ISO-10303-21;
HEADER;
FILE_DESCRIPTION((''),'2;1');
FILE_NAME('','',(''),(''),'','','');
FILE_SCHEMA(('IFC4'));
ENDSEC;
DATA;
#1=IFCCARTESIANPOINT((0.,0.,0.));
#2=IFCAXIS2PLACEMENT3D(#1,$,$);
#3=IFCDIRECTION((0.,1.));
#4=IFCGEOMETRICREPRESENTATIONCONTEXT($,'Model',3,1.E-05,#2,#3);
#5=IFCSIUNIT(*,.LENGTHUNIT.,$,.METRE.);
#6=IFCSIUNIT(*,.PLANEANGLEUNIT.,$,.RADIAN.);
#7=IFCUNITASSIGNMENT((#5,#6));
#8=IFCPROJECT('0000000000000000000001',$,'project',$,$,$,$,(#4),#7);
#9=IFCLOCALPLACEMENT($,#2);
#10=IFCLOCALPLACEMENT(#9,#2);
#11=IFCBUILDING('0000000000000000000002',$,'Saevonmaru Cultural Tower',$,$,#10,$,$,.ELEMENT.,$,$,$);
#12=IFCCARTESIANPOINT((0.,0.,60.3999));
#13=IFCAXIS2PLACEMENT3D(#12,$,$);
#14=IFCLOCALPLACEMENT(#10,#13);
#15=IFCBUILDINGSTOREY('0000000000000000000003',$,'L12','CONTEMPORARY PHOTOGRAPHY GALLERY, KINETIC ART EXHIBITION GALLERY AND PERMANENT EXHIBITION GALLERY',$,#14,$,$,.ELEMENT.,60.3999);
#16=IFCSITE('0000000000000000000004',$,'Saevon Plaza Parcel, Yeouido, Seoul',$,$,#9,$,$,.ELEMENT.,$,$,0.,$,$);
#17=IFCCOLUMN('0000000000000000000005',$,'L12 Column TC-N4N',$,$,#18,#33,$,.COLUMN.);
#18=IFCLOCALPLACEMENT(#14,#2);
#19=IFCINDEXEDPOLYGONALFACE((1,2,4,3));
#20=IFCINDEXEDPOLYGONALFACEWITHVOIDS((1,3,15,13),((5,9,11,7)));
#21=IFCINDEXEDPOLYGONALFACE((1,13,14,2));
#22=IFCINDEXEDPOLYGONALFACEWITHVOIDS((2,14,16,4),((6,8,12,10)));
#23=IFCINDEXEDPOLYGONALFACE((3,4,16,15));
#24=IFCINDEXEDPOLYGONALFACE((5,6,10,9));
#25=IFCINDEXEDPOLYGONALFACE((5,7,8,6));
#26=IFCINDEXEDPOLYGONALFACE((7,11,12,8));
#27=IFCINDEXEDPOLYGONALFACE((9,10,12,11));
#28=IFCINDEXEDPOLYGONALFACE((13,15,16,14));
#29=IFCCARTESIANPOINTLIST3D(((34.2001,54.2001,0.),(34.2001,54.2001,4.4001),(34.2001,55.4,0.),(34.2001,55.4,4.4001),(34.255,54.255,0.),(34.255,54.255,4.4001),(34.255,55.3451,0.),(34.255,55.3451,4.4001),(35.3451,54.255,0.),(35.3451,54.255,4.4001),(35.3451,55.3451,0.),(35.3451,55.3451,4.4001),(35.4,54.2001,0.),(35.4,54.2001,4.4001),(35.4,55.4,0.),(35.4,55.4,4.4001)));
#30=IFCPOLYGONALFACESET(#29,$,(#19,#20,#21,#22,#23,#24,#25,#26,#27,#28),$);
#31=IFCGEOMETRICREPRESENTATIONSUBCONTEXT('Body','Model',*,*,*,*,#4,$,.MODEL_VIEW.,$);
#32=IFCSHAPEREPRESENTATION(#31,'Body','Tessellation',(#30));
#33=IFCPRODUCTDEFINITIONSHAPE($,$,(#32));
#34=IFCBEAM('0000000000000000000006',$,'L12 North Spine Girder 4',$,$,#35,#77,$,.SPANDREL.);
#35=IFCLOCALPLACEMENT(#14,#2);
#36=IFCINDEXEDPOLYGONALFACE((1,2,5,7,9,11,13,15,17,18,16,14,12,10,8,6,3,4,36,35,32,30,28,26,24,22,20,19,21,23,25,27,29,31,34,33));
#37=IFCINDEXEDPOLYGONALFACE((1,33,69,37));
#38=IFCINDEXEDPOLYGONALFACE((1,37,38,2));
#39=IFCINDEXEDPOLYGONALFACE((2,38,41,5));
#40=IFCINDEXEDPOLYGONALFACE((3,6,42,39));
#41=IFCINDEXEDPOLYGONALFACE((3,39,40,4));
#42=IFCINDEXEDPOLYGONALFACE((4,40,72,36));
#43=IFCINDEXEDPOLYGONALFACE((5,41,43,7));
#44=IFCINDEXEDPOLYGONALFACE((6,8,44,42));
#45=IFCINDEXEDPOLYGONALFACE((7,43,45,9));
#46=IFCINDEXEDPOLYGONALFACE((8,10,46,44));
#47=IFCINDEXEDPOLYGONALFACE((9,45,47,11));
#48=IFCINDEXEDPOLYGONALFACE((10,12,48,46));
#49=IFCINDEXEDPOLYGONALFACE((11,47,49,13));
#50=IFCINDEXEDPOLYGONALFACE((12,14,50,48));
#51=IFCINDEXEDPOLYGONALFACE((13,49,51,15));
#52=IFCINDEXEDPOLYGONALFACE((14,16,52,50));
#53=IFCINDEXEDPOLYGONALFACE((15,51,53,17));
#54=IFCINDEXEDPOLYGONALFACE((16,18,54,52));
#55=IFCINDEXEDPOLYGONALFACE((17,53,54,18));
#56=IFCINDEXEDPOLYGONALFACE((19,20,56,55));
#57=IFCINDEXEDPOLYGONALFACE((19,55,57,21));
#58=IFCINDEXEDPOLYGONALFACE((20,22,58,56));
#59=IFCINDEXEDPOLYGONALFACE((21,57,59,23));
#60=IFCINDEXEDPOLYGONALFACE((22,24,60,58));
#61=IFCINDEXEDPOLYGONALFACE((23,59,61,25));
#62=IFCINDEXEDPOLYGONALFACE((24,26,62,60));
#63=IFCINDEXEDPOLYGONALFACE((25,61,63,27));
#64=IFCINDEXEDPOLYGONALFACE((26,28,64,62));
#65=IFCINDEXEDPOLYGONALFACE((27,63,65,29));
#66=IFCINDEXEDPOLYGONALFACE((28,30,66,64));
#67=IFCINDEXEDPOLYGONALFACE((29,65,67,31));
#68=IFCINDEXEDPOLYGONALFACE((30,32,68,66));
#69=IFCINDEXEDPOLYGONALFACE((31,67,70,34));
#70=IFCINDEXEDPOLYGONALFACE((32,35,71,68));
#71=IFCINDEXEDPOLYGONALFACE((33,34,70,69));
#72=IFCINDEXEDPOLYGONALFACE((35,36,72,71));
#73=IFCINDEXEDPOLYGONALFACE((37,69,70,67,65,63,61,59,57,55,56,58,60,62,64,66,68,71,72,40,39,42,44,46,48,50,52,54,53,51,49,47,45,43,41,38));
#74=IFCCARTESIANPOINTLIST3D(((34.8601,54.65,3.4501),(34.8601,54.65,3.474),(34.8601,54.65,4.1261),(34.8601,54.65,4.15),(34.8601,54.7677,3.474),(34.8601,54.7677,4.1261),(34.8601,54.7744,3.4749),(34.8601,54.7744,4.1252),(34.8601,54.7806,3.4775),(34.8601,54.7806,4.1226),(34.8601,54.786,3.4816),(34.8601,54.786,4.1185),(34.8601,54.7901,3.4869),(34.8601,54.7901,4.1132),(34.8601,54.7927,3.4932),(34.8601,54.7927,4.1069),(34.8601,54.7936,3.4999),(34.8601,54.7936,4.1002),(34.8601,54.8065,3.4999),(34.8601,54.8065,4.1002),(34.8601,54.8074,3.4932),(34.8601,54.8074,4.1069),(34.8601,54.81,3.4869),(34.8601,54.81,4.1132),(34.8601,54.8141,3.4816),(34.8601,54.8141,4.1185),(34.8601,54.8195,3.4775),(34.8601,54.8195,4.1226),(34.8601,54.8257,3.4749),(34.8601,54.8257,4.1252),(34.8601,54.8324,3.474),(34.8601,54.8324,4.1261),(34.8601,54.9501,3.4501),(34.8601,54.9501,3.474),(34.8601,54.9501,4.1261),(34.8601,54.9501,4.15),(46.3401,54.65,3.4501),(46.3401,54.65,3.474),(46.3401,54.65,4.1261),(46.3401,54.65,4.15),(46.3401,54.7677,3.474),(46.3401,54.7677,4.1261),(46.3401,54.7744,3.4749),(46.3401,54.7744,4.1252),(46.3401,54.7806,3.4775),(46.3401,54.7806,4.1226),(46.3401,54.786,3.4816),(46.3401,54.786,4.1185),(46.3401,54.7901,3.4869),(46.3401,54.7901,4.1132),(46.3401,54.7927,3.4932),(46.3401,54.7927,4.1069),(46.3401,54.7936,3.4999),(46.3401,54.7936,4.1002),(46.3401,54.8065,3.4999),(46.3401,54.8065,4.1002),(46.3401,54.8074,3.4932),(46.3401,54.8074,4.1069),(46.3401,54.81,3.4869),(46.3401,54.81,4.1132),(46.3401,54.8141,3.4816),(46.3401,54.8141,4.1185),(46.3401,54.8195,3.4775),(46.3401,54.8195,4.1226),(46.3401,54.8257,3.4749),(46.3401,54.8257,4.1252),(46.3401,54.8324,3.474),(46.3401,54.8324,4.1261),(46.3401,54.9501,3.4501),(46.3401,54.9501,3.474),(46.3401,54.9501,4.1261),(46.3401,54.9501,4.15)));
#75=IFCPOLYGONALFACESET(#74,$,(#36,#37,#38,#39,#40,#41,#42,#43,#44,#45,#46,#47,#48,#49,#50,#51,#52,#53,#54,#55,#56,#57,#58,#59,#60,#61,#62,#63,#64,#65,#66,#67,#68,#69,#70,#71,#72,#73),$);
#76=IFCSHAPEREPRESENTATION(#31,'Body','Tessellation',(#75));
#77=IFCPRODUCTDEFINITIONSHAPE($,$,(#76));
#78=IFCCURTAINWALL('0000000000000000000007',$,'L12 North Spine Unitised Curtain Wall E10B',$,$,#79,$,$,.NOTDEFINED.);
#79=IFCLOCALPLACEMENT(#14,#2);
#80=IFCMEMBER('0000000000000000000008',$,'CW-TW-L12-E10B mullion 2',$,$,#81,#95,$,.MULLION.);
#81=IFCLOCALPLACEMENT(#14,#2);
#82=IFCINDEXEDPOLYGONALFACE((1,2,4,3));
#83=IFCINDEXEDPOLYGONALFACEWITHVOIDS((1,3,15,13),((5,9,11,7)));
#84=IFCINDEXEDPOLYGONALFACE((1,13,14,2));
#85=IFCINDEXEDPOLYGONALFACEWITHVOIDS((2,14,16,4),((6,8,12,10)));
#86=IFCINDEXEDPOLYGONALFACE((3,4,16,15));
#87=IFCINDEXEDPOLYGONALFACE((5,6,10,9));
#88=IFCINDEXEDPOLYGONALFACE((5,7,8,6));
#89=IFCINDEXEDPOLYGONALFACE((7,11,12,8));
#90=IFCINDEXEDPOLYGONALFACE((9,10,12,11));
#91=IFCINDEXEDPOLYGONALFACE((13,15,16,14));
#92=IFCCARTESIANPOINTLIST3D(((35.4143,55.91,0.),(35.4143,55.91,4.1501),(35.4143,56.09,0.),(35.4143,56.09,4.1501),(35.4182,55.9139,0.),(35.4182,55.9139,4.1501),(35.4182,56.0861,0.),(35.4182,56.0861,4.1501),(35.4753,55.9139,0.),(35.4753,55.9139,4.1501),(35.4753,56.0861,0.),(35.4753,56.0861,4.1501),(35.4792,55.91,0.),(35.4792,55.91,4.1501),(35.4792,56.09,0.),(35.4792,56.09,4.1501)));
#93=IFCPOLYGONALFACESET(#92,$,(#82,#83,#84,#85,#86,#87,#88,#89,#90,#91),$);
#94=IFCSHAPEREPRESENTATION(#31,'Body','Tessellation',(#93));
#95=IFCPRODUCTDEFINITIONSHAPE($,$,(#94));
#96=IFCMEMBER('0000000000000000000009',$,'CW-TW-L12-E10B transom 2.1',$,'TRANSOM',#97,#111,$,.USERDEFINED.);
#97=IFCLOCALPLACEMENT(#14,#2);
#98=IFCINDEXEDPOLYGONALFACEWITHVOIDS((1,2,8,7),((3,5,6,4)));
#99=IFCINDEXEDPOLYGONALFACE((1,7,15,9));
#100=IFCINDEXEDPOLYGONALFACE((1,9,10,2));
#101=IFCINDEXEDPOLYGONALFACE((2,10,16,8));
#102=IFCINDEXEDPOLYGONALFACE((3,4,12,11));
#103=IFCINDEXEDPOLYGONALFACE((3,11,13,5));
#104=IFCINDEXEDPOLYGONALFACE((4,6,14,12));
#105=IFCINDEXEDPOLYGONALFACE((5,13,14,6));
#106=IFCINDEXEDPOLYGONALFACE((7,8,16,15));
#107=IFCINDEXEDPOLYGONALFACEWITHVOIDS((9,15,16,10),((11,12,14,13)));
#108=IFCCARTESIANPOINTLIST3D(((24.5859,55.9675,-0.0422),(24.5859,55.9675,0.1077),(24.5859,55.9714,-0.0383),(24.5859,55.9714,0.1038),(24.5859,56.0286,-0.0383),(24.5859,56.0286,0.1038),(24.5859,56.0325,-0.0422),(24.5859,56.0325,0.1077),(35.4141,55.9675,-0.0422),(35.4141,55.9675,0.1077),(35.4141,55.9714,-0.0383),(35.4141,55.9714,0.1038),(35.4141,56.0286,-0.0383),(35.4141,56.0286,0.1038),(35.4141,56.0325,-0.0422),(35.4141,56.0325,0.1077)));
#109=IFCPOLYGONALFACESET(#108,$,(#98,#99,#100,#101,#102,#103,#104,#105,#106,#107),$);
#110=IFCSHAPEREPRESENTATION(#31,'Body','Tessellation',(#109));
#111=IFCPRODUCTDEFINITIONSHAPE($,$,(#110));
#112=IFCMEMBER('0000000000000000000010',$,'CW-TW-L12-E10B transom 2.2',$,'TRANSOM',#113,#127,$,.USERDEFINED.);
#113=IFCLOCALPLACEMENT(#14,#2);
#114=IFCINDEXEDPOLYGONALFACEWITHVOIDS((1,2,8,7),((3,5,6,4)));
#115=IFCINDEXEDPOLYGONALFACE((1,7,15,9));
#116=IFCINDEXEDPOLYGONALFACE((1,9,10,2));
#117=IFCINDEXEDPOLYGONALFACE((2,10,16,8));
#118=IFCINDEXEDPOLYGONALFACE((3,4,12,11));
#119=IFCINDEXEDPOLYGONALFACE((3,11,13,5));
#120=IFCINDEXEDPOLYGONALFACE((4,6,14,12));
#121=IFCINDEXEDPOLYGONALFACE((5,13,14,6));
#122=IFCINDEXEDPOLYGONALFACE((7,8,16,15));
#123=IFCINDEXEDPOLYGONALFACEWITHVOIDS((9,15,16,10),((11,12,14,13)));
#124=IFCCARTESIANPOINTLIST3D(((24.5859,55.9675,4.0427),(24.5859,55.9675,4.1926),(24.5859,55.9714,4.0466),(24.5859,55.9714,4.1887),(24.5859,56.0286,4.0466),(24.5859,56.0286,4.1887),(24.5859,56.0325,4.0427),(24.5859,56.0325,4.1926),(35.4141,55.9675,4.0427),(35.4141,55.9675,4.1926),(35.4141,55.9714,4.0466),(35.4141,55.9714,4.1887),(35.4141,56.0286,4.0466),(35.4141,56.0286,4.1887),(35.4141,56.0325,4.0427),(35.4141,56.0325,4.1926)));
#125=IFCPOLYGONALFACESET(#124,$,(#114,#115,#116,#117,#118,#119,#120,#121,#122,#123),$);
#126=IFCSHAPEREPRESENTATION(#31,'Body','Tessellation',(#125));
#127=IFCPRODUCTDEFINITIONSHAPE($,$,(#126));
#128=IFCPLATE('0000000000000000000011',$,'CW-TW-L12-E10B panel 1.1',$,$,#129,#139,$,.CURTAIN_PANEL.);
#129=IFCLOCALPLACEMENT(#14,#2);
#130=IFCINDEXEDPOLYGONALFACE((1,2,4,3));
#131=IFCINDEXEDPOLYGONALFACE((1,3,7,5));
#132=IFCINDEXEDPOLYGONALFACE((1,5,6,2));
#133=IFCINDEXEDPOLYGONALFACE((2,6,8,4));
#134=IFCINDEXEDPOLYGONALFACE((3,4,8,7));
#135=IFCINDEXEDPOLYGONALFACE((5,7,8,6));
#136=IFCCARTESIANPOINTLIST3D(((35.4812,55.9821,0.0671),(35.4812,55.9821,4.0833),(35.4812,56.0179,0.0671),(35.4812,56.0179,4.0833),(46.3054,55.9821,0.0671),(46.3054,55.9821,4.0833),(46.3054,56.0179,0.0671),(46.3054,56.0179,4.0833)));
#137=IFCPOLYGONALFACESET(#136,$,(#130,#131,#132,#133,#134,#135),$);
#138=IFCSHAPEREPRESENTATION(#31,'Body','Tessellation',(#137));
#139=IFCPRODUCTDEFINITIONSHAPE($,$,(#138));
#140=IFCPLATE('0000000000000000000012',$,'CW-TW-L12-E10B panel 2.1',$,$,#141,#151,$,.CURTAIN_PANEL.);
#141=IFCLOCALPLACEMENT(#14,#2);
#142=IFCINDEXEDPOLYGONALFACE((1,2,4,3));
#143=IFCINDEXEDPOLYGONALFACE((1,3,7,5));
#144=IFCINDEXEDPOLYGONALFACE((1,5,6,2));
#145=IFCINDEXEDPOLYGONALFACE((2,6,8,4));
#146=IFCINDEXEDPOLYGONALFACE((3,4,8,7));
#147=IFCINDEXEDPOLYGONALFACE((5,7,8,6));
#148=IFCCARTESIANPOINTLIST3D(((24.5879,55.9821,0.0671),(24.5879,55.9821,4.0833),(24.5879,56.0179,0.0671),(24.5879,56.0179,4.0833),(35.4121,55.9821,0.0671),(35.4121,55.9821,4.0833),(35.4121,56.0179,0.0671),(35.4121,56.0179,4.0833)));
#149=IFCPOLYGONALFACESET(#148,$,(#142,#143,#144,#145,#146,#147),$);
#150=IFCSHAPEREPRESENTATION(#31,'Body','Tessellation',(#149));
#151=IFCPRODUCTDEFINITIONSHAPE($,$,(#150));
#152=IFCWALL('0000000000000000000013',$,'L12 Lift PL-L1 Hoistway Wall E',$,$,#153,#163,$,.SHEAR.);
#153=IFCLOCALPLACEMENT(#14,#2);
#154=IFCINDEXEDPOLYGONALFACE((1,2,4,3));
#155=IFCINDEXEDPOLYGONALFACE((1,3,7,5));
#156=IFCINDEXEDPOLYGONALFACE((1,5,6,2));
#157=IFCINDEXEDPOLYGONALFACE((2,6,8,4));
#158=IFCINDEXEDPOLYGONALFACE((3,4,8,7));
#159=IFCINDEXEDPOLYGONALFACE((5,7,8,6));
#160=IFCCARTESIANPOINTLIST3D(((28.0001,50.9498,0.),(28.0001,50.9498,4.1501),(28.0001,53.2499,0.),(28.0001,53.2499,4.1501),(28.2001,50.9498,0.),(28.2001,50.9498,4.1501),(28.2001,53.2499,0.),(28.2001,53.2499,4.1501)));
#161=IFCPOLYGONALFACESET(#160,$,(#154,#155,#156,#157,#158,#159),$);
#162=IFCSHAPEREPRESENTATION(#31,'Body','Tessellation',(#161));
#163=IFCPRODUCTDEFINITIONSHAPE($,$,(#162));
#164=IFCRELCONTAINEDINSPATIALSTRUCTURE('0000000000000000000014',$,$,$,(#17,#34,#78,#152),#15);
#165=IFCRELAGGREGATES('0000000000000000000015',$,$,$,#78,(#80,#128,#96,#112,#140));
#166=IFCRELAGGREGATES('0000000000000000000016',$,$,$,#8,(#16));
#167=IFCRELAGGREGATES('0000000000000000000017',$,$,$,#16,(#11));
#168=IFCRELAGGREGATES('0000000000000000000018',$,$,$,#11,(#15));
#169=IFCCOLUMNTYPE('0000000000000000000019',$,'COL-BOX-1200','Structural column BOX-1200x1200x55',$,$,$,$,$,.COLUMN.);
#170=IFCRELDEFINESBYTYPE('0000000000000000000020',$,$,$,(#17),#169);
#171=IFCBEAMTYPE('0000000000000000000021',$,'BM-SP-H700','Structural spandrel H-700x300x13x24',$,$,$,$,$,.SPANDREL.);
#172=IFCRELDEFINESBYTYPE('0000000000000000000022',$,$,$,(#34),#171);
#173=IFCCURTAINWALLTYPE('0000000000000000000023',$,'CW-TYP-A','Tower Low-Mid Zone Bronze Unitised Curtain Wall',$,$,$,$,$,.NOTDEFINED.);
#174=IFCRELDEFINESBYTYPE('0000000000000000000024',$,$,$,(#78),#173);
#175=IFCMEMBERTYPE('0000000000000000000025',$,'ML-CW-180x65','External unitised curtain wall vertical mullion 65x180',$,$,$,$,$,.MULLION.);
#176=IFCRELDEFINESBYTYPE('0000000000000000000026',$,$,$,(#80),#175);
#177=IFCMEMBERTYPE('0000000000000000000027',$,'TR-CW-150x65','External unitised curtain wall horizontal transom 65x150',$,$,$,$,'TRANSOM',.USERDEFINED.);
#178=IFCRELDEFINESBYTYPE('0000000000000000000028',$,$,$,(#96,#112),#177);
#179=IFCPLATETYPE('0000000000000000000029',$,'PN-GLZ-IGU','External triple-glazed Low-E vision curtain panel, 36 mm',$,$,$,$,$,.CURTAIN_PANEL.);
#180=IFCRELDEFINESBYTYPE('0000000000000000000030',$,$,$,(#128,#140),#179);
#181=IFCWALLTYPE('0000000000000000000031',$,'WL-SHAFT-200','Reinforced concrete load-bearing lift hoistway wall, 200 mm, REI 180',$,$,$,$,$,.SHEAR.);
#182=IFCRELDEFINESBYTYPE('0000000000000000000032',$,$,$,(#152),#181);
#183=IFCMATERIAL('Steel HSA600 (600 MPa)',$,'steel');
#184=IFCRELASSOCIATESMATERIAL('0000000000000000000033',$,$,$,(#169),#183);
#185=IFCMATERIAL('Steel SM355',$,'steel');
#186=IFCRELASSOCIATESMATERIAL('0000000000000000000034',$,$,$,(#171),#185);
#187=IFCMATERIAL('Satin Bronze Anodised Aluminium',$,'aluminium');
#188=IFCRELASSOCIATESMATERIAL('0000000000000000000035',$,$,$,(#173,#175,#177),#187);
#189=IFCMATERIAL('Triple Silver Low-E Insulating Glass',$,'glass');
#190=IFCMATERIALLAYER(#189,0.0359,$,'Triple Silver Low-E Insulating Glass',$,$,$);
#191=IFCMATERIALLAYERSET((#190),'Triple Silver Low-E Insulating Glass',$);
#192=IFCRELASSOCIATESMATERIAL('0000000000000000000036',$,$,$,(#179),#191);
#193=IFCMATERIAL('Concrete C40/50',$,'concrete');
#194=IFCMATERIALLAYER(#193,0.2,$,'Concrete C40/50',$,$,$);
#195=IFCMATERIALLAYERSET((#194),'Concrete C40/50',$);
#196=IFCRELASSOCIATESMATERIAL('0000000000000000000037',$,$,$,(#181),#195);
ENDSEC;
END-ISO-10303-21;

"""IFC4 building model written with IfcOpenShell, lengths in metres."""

from ifc_helpers import new_model, si_unit, direction, frame, frame_2d, origin, origin_2d, place, context, subcontext, project, spatial, rectangle, hollow_rectangle, i_section, extrude, material, layer, layer_set, material_profile, profile_set, type_object, element, aggregate, save


model = new_model("IFC4")

# Units and contexts
model_context = context("Model", 3, precision=1e-05, world=origin(), true_north=direction((0.0, 1.0)))
body_context = subcontext(model_context, "Body", "Model", "MODEL_VIEW")
ifc_project = project(units=[si_unit("LENGTHUNIT", "METRE"), si_unit("PLANEANGLEUNIT", "RADIAN")], contexts=[model_context])

# Site, building, storey
site_placement = place(None, origin())
site = spatial("IfcSite", under=ifc_project, at=site_placement, Name="Saevon Plaza Parcel, Yeouido, Seoul", CompositionType="ELEMENT", RefElevation=0.0)
building_placement = place(site_placement, origin())
building = spatial("IfcBuilding", under=site, at=building_placement, Name="Saevonmaru Cultural Tower", CompositionType="ELEMENT")
storey_placement = place(building_placement, frame((0.0, 0.0, 60.3999)))
storey = spatial("IfcBuildingStorey", under=building, at=storey_placement, Name="L12", Description="CONTEMPORARY PHOTOGRAPHY GALLERY, KINETIC ART EXHIBITION GALLERY AND PERMANENT EXHIBITION GALLERY", CompositionType="ELEMENT", Elevation=60.3999)

# Column
ifc_material_1 = material(Name="Steel HSA600 (600 MPa)", Category="steel")
ifc_material_profile_1 = material_profile(ifc_material_1, hollow_rectangle(XDim=1.2, YDim=1.2, WallThickness=0.0549, at=origin_2d()), Name="BOX-1200x1200x55")
ifc_profile_set_1 = profile_set([ifc_material_profile_1], Name="Steel HSA600 (600 MPa)")
column_type = type_object("IfcColumnType", Name="COL-BOX-1200", Description="Structural column BOX-1200x1200x55", PredefinedType="COLUMN", material=ifc_profile_set_1)
column_placement = place(storey_placement, frame((34.8, 54.8, 0.0), z_axis=(0.0, 0.0, 1.0), x_axis=(1.0, 0.0, 0.0)))
element("IfcColumn", 1, at=column_placement, inside=storey, type_object=column_type, Name="L12 Column TC-N4N", PredefinedType="COLUMN", context=body_context, shape_type="SweptSolid", body=[
    extrude(hollow_rectangle(XDim=1.2, YDim=1.2, WallThickness=0.0549, at=origin_2d()), origin(), (0.0, 0.0, 1.0), 4.4001),
])

# Beam
ifc_material_2 = material(Name="Steel SM355", Category="steel")
ifc_material_profile_2 = material_profile(ifc_material_2, i_section(OverallWidth=0.3, OverallDepth=0.7, WebThickness=0.0129, FlangeThickness=0.0239, FilletRadius=0.0259, at=origin_2d()), Name="H-700x300x13x24")
ifc_profile_set_2 = profile_set([ifc_material_profile_2], Name="Steel SM355")
beam_type = type_object("IfcBeamType", Name="BM-SP-H700", Description="Structural spandrel H-700x300x13x24", PredefinedType="SPANDREL", material=ifc_profile_set_2)
beam_placement = place(storey_placement, frame((34.8601, 54.8, 3.8), z_axis=(1.0, 0.0, 0.0), x_axis=(0.0, 1.0, 0.0)))
element("IfcBeam", 2, at=beam_placement, inside=storey, type_object=beam_type, Name="L12 North Spine Girder 4", PredefinedType="SPANDREL", context=body_context, shape_type="SweptSolid", body=[
    extrude(i_section(OverallWidth=0.3, OverallDepth=0.7, WebThickness=0.0129, FlangeThickness=0.0239, FilletRadius=0.0259, at=origin_2d()), origin(), (0.0, 0.0, 1.0), 11.48),
])

# Curtain wall, members, plates
ifc_material_3 = material(Name="Satin Bronze Anodised Aluminium", Category="aluminium")
curtain_wall_type = type_object("IfcCurtainWallType", Name="CW-TYP-A", Description="Tower Low-Mid Zone Bronze Unitised Curtain Wall", PredefinedType="NOTDEFINED", material=ifc_material_3)
curtain_wall_placement = place(storey_placement, origin())
curtain_wall = element("IfcCurtainWall", 3, at=curtain_wall_placement, inside=storey, type_object=curtain_wall_type, Name="L12 North Spine Unitised Curtain Wall E10B", PredefinedType="NOTDEFINED")
ifc_material_profile_3 = material_profile(ifc_material_3, hollow_rectangle(XDim=0.0649, YDim=0.1799, WallThickness=0.0039, at=origin_2d()), Name="ALU-MULL-180x65x4")
ifc_profile_set_3 = profile_set([ifc_material_profile_3], Name="Satin Bronze Anodised Aluminium")
member_type_1 = type_object("IfcMemberType", Name="ML-CW-180x65", Description="External unitised curtain wall vertical mullion 65x180", PredefinedType="MULLION", material=ifc_profile_set_3)
member_1_placement = place(storey_placement, frame((35.4468, 56.0, 0.0), z_axis=(0.0, 0.0, 1.0), x_axis=(-1.0, 0.0, 0.0)))
member_1 = element("IfcMember", 4, at=member_1_placement, type_object=member_type_1, Name="CW-TW-L12-E10B mullion 2", PredefinedType="MULLION", context=body_context, shape_type="SweptSolid", body=[
    extrude(hollow_rectangle(XDim=0.0649, YDim=0.1799, WallThickness=0.0039, at=origin_2d()), origin(), (0.0, 0.0, 1.0), 4.1501),
])
ifc_material_profile_4 = material_profile(ifc_material_3, hollow_rectangle(XDim=0.0649, YDim=0.1499, WallThickness=0.0039, at=origin_2d()), Name="ALU-TRAN-150x65x4")
ifc_profile_set_4 = profile_set([ifc_material_profile_4], Name="Satin Bronze Anodised Aluminium")
member_type_2 = type_object("IfcMemberType", Name="TR-CW-150x65", Description="External unitised curtain wall horizontal transom 65x150", ElementType="TRANSOM", PredefinedType="USERDEFINED", material=ifc_profile_set_4)
member_2_placement = place(storey_placement, frame((35.4141, 56.0, 0.0327), z_axis=(-1.0, 0.0, 0.0), x_axis=(0.0, -1.0, 0.0)))
member_2 = element("IfcMember", 5, at=member_2_placement, type_object=member_type_2, Name="CW-TW-L12-E10B transom 2.1", ObjectType="TRANSOM", PredefinedType="USERDEFINED", context=body_context, shape_type="SweptSolid", body=[
    extrude(hollow_rectangle(XDim=0.0649, YDim=0.1499, WallThickness=0.0039, at=origin_2d()), origin(), (0.0, 0.0, 1.0), 10.8281),
])
member_3_placement = place(storey_placement, frame((35.4141, 56.0, 4.1177), z_axis=(-1.0, 0.0, 0.0), x_axis=(0.0, -1.0, 0.0)))
member_3 = element("IfcMember", 6, at=member_3_placement, type_object=member_type_2, Name="CW-TW-L12-E10B transom 2.2", ObjectType="TRANSOM", PredefinedType="USERDEFINED", context=body_context, shape_type="SweptSolid", body=[
    extrude(hollow_rectangle(XDim=0.0649, YDim=0.1499, WallThickness=0.0039, at=origin_2d()), origin(), (0.0, 0.0, 1.0), 10.8281),
])
ifc_material_4 = material(Name="Triple Silver Low-E Insulating Glass", Category="glass")
ifc_layer_1 = layer(ifc_material_4, 0.0359, Name="Triple Silver Low-E Insulating Glass")
ifc_layer_set_1 = layer_set([ifc_layer_1], Name="Triple Silver Low-E Insulating Glass")
plate_type = type_object("IfcPlateType", Name="PN-GLZ-IGU", Description="External triple-glazed Low-E vision curtain panel, 36 mm", PredefinedType="CURTAIN_PANEL", material=ifc_layer_set_1)
plate_1_placement = place(storey_placement, frame((40.8933, 56.0, 0.0671), z_axis=(0.0, 0.0, 1.0), x_axis=(-1.0, 0.0, 0.0)))
plate_1 = element("IfcPlate", 7, at=plate_1_placement, type_object=plate_type, Name="CW-TW-L12-E10B panel 1.1", PredefinedType="CURTAIN_PANEL", context=body_context, shape_type="SweptSolid", body=[
    extrude(rectangle(XDim=10.8242, YDim=0.0359, at=origin_2d()), origin(), (0.0, 0.0, 1.0), 4.0161),
])
plate_2_placement = place(storey_placement, frame((30.0, 56.0, 0.0671), z_axis=(0.0, 0.0, 1.0), x_axis=(-1.0, 0.0, 0.0)))
plate_2 = element("IfcPlate", 8, at=plate_2_placement, type_object=plate_type, Name="CW-TW-L12-E10B panel 2.1", PredefinedType="CURTAIN_PANEL", context=body_context, shape_type="SweptSolid", body=[
    extrude(rectangle(XDim=10.8242, YDim=0.0359, at=origin_2d()), origin(), (0.0, 0.0, 1.0), 4.0161),
])
aggregate(curtain_wall, [member_1, plate_1, member_2, member_3, plate_2])

# Wall
ifc_material_5 = material(Name="Concrete C40/50", Category="concrete")
ifc_layer_2 = layer(ifc_material_5, 0.2, Name="Concrete C40/50")
ifc_layer_set_2 = layer_set([ifc_layer_2], Name="Concrete C40/50")
wall_type_1 = type_object("IfcWallType", Name="WL-SHAFT-200", Description="Reinforced concrete load-bearing lift hoistway wall, 200 mm, REI 180", PredefinedType="SHEAR", material=ifc_layer_set_2)
wall_1_placement = place(storey_placement, frame((28.1001, 50.95, 0.0), z_axis=(0.0, 0.0, 1.0), x_axis=(0.0, 1.0, 0.0)))
element("IfcWall", 9, at=wall_1_placement, inside=storey, type_object=wall_type_1, Name="L12 Lift PL-L1 Hoistway Wall E", PredefinedType="SHEAR", context=body_context, shape_type="SweptSolid", body=[
    extrude(rectangle(XDim=2.3, YDim=0.2, at=frame_2d((1.1499, 0.0))), origin(), (0.0, 0.0, 1.0), 4.1501),
])

save(model, "model.ifc")
